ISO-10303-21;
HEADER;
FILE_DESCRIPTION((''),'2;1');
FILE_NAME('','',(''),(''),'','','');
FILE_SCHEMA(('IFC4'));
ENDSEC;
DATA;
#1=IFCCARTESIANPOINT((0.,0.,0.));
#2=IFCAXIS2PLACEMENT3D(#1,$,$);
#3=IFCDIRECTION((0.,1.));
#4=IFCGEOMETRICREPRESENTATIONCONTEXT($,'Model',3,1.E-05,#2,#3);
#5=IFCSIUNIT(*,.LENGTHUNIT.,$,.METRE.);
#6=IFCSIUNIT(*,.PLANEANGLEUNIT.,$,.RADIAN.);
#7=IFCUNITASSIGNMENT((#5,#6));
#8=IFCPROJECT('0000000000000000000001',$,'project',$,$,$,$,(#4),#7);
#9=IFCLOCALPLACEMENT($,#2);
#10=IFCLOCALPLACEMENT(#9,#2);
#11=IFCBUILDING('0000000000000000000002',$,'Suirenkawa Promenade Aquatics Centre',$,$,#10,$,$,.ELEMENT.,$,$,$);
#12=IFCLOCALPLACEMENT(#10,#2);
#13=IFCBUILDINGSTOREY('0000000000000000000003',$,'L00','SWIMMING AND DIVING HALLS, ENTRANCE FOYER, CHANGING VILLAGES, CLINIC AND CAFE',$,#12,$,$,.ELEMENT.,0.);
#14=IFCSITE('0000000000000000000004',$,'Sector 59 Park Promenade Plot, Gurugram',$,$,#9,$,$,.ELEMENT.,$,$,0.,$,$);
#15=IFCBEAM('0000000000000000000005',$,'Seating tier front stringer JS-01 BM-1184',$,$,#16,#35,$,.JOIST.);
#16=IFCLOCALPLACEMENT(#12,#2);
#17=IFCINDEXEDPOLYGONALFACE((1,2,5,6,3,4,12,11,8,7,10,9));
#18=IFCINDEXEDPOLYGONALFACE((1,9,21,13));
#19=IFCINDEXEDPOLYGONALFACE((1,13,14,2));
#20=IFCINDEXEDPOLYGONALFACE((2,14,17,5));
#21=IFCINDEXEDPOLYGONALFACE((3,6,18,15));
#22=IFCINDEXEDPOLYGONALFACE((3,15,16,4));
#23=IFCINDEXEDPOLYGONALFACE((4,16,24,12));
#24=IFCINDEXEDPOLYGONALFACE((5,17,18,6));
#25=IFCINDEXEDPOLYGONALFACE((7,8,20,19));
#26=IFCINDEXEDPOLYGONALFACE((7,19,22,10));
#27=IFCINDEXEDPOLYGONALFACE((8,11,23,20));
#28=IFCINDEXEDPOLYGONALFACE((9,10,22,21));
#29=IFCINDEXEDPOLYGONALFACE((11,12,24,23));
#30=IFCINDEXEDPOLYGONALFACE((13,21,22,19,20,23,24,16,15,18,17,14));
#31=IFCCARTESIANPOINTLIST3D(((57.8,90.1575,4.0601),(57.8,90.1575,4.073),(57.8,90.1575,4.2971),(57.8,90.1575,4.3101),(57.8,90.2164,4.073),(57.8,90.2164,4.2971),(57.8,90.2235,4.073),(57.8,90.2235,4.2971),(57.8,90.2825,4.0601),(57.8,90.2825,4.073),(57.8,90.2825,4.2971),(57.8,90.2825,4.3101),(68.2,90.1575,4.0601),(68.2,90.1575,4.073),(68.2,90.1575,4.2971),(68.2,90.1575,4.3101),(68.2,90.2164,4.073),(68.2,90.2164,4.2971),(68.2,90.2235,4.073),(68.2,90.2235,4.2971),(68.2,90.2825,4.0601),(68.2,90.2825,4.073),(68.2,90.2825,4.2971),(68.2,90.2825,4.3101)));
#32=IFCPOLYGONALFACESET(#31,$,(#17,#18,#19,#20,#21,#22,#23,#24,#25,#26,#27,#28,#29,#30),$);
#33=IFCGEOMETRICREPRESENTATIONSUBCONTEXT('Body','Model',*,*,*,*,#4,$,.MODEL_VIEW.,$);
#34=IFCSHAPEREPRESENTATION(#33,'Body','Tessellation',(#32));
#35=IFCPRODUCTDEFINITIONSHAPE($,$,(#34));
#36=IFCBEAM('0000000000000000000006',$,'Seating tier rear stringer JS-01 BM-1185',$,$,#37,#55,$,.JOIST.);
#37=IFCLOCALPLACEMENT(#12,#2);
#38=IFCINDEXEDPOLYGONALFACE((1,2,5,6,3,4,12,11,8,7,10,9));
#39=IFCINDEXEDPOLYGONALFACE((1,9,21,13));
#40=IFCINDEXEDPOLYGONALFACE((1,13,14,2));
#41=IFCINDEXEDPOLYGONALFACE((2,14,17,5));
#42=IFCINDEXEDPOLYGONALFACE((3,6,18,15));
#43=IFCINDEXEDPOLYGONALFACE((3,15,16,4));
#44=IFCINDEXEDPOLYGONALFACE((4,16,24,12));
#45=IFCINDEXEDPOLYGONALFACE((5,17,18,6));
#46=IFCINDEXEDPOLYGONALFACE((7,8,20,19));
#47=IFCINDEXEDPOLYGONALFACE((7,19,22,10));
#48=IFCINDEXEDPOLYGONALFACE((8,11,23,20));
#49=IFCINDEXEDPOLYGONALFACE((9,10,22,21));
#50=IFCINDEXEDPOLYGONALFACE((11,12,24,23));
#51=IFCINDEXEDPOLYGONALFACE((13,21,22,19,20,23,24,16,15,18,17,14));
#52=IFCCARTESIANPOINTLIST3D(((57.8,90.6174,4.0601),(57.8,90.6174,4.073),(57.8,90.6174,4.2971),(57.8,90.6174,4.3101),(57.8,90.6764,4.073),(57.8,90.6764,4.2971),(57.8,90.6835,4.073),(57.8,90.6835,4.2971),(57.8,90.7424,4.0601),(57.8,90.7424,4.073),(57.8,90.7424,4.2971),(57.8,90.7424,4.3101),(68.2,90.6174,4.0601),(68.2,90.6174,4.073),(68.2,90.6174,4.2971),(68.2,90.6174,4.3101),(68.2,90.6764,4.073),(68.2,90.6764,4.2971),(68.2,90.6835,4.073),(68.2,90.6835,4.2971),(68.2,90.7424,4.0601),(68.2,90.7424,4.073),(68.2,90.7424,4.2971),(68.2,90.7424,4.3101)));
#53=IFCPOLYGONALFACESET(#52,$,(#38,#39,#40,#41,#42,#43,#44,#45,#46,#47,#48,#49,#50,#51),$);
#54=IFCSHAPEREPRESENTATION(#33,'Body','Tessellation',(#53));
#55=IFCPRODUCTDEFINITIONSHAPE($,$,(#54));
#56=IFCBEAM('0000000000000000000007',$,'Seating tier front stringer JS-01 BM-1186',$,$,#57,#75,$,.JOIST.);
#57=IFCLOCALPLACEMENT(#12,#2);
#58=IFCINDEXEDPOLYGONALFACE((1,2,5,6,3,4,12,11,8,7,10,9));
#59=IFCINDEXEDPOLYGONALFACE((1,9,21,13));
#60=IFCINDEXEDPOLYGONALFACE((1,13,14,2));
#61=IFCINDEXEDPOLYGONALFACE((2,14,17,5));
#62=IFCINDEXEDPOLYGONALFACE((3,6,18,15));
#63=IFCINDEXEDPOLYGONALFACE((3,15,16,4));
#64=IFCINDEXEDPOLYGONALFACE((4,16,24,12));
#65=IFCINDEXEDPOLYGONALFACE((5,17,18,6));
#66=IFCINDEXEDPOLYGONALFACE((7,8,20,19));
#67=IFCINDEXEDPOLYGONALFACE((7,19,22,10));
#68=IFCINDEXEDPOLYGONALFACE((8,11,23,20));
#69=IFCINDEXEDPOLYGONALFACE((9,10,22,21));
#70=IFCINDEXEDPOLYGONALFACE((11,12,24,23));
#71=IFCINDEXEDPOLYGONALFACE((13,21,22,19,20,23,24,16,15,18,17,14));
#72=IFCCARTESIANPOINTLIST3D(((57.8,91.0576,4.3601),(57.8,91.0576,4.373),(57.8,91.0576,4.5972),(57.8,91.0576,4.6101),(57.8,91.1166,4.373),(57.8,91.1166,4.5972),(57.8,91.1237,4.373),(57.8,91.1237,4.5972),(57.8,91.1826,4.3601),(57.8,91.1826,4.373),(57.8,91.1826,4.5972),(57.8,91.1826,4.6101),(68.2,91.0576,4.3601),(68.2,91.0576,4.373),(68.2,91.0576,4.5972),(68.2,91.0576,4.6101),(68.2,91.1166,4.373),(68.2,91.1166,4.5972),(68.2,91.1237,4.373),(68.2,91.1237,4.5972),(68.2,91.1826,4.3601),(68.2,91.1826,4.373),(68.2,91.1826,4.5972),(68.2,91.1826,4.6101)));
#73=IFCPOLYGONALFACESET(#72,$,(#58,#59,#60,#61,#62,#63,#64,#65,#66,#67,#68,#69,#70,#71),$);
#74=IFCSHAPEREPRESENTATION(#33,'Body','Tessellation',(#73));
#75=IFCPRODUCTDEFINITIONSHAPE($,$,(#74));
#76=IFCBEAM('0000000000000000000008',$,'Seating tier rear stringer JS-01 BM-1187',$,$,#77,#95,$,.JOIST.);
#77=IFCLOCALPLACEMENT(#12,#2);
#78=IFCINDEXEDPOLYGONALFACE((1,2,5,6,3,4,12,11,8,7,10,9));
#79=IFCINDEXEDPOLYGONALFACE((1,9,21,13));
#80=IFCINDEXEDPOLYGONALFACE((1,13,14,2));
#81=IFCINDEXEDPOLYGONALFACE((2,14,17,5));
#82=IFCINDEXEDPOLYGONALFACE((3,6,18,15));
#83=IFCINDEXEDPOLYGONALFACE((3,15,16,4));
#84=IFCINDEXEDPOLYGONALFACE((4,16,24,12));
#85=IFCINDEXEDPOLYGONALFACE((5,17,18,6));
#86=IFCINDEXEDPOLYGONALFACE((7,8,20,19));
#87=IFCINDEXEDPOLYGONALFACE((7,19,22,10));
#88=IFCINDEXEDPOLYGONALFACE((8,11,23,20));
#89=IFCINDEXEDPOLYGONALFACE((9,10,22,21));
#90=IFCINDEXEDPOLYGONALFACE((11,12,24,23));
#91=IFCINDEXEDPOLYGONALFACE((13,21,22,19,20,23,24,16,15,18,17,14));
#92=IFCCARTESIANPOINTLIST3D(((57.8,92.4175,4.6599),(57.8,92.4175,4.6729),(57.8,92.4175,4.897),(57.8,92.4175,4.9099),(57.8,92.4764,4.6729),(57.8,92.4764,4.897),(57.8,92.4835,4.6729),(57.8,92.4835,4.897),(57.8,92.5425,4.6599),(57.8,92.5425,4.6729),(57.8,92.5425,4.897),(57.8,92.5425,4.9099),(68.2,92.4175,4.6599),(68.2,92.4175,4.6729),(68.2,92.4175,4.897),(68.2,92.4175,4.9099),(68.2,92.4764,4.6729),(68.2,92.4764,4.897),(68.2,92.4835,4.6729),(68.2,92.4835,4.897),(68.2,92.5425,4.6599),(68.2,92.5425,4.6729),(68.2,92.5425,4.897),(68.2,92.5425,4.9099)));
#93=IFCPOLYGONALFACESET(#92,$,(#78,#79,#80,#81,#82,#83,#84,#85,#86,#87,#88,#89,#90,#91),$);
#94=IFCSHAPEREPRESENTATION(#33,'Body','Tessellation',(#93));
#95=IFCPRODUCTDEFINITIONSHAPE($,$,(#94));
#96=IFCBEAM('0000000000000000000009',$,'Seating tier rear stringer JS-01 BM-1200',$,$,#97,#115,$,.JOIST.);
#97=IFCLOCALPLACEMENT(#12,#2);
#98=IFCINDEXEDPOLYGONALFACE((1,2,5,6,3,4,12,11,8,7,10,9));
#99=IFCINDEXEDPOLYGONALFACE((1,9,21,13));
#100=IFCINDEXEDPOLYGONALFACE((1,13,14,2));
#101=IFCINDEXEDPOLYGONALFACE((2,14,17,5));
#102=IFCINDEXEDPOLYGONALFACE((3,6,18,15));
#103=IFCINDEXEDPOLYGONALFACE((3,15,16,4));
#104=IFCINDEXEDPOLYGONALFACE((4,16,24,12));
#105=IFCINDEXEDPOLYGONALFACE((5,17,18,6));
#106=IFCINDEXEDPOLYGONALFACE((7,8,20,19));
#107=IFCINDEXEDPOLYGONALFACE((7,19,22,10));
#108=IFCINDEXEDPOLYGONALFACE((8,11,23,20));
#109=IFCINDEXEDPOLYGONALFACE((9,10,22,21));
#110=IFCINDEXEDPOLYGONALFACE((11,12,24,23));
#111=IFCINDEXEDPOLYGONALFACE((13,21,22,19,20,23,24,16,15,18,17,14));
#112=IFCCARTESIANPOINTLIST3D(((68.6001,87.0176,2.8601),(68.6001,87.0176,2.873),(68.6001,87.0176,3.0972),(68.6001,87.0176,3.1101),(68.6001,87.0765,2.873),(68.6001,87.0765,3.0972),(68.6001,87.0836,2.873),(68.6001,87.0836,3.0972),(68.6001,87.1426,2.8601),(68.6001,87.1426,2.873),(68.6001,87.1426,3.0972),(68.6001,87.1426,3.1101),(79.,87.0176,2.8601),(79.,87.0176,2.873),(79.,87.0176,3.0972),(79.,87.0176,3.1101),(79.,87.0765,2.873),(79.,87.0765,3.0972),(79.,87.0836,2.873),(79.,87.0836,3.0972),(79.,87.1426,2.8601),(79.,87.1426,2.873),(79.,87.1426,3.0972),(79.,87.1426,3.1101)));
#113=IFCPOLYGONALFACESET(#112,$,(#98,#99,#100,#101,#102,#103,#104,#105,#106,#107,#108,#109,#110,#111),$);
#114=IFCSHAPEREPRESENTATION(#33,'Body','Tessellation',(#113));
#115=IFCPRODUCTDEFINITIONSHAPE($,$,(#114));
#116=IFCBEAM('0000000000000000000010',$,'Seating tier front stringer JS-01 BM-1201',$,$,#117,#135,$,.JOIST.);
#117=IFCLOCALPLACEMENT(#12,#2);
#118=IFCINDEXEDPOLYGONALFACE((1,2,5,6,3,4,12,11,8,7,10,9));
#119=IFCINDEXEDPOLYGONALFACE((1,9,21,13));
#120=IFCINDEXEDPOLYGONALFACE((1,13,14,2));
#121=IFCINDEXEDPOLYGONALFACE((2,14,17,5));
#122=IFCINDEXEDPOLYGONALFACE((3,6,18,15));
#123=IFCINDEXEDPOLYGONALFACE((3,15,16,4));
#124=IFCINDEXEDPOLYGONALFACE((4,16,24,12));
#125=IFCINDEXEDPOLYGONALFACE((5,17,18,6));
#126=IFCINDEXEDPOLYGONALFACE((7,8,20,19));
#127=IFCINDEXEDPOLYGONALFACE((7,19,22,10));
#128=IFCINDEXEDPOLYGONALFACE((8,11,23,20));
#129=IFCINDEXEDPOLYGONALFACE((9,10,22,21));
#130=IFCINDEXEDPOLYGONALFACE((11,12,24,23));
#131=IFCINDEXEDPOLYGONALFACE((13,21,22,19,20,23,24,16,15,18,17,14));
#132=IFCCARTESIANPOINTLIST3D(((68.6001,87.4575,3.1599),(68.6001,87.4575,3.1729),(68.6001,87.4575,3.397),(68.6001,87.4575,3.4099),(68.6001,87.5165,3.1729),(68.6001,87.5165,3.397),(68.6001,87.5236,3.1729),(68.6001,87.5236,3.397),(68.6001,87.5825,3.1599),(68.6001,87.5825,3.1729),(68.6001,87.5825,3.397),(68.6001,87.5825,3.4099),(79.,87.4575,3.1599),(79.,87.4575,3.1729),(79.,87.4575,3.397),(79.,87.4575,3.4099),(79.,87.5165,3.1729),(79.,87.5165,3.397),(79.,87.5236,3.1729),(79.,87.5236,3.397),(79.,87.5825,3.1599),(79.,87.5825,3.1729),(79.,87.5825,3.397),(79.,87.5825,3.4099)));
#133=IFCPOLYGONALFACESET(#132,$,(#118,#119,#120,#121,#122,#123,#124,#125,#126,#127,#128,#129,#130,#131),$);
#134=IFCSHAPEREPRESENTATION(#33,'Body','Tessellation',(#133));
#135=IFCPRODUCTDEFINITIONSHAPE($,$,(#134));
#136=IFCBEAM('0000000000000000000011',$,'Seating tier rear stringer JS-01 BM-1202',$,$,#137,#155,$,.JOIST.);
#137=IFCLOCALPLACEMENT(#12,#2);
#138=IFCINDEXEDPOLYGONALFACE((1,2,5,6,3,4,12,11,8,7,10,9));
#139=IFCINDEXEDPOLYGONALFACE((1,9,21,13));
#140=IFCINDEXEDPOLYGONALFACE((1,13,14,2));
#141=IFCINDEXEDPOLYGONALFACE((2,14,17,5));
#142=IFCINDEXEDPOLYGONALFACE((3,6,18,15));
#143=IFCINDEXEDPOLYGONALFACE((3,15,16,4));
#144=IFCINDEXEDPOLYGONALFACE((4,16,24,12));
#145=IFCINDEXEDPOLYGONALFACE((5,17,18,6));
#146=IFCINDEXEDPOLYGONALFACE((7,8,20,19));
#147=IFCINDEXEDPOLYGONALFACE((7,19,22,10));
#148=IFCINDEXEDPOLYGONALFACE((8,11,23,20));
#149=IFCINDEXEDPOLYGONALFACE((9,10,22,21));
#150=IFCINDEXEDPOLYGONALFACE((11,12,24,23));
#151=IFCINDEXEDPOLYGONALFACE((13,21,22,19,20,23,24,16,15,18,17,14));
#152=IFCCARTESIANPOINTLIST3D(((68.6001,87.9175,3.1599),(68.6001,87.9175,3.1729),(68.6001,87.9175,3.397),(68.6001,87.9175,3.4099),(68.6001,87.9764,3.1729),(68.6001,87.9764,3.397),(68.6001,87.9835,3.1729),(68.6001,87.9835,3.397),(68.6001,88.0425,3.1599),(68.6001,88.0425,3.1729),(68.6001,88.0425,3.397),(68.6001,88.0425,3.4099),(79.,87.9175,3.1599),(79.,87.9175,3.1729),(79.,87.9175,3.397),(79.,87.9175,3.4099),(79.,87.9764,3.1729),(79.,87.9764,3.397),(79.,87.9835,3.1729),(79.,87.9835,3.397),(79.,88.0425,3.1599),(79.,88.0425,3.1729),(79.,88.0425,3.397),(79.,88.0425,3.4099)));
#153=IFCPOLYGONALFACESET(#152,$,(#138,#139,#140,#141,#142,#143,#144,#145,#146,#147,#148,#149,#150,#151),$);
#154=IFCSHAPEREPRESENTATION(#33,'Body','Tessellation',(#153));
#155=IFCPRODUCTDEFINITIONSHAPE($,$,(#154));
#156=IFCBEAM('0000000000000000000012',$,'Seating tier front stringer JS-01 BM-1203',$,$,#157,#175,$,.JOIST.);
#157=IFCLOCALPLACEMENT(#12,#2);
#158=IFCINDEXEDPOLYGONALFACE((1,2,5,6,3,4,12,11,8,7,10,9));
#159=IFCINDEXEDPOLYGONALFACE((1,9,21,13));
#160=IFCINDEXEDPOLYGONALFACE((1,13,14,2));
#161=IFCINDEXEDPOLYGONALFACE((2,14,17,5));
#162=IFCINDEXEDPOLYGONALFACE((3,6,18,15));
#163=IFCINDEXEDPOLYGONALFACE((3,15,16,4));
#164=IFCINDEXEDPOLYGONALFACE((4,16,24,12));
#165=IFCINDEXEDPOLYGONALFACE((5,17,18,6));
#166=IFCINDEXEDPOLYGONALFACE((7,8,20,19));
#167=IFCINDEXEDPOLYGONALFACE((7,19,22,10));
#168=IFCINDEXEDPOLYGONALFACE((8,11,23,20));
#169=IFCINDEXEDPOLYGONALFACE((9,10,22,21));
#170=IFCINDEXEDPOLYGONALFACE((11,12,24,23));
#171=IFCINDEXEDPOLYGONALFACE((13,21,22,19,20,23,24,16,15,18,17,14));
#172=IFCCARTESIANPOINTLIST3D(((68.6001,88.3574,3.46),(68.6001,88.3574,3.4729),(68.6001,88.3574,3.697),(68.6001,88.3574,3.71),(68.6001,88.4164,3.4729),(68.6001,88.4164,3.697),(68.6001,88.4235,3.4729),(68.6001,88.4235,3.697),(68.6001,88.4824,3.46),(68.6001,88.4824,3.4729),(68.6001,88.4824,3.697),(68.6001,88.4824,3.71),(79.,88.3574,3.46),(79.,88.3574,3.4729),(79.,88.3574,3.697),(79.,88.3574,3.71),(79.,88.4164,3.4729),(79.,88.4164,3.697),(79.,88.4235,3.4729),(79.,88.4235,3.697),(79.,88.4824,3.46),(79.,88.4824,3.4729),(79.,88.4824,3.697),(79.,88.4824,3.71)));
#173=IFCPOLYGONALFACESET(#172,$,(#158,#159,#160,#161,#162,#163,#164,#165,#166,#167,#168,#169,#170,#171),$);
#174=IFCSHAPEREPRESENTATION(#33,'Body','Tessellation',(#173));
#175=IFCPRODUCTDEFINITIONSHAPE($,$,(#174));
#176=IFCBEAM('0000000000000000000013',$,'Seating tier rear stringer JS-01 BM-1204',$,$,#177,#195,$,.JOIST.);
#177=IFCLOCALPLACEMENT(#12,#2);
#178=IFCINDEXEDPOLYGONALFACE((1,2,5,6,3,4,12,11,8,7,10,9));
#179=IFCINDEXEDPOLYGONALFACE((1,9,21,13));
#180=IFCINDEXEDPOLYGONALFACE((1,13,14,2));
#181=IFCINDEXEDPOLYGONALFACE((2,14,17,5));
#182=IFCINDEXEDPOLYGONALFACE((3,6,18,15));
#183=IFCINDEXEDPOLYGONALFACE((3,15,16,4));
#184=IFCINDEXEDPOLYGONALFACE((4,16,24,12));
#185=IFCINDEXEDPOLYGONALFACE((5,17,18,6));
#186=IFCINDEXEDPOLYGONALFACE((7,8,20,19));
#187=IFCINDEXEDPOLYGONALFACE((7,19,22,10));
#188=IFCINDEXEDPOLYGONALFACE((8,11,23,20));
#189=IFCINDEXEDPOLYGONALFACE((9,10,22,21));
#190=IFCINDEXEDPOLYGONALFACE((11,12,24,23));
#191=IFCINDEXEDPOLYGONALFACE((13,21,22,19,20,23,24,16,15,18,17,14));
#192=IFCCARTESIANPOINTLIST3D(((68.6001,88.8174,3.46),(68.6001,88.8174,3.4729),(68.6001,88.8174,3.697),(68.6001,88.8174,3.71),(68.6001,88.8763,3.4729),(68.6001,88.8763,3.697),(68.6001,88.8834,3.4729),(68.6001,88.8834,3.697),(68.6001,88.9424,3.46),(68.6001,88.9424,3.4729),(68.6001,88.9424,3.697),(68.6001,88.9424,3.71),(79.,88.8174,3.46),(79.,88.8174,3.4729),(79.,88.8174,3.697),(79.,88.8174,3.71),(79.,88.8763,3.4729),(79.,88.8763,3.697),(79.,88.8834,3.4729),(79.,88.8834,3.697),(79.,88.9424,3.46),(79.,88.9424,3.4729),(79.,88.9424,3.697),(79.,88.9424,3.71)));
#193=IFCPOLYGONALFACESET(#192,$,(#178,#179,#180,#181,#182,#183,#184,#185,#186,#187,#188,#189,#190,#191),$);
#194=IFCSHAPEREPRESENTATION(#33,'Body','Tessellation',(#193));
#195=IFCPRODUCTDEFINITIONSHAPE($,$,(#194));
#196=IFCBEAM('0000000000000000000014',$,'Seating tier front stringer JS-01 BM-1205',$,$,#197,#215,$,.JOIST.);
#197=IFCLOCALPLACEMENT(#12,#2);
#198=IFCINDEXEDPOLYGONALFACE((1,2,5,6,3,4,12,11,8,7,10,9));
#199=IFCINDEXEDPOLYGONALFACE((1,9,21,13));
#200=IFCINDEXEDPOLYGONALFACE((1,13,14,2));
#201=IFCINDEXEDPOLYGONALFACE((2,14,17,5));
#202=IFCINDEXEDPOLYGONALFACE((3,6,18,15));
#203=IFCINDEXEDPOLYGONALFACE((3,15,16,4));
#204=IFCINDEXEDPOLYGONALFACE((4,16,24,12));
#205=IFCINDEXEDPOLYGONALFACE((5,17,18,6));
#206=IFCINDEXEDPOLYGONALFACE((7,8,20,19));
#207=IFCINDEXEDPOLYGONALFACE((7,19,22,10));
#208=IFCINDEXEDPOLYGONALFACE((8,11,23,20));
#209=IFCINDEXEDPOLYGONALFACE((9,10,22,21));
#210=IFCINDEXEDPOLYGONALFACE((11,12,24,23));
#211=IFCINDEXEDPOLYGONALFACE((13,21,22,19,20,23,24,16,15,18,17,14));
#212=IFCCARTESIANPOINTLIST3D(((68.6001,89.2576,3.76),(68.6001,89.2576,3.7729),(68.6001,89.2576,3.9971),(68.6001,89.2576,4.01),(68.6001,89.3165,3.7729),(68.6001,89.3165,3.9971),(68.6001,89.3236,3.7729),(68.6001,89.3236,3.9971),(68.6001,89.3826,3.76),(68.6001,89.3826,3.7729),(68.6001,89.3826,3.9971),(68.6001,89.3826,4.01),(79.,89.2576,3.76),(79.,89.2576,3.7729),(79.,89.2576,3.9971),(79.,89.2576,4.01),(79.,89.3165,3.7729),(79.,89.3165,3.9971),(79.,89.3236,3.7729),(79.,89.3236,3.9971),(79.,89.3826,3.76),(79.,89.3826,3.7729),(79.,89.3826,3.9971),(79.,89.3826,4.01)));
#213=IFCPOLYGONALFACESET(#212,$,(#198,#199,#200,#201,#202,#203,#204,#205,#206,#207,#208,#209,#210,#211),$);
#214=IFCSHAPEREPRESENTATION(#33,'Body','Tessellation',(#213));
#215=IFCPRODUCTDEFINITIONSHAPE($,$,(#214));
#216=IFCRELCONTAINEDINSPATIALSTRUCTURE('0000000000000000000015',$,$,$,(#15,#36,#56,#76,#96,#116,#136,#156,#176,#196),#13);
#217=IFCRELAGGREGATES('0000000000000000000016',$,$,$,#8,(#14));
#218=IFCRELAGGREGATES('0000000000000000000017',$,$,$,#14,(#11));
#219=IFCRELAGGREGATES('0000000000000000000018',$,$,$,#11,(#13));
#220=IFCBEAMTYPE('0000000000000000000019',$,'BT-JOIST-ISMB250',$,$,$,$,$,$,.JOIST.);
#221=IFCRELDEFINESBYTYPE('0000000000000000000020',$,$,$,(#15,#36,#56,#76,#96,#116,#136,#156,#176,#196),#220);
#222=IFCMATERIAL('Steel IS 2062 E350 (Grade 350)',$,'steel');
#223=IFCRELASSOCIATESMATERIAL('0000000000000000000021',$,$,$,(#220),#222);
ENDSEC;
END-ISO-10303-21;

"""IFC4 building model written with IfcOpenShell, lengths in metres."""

from ifc_helpers import new_model, si_unit, direction, frame, origin, origin_2d, place, context, subcontext, project, spatial, i_section, extrude, material, material_profile, profile_set, type_object, element, save


model = new_model("IFC4")

# Units and contexts
model_context = context("Model", 3, precision=1e-05, world=origin(), true_north=direction((0.0, 1.0)))
body_context = subcontext(model_context, "Body", "Model", "MODEL_VIEW")
ifc_project = project(units=[si_unit("LENGTHUNIT", "METRE"), si_unit("PLANEANGLEUNIT", "RADIAN")], contexts=[model_context])

# Site, building, storey
site_placement = place(None, origin())
site = spatial("IfcSite", under=ifc_project, at=site_placement, Name="Sector 59 Park Promenade Plot, Gurugram", CompositionType="ELEMENT", RefElevation=0.0)
building_placement = place(site_placement, origin())
building = spatial("IfcBuilding", under=site, at=building_placement, Name="Suirenkawa Promenade Aquatics Centre", CompositionType="ELEMENT")
storey_placement = place(building_placement, origin())
storey = spatial("IfcBuildingStorey", under=building, at=storey_placement, Name="L00", Description="SWIMMING AND DIVING HALLS, ENTRANCE FOYER, CHANGING VILLAGES, CLINIC AND CAFE", CompositionType="ELEMENT", Elevation=0.0)

# Beams
ifc_material_1 = material(Name="Steel IS 2062 E350 (Grade 350)", Category="steel")
ifc_material_profile_1 = material_profile(ifc_material_1, i_section(OverallWidth=0.125, OverallDepth=0.25, WebThickness=0.0071, FlangeThickness=0.0129, at=origin_2d()), Name="ISMB 250", Category="steel")
ifc_profile_set_1 = profile_set([ifc_material_profile_1], Name="Steel IS 2062 E350 (Grade 350)")
beam_type_1 = type_object("IfcBeamType", Name="BT-JOIST-ISMB250", PredefinedType="JOIST", material=ifc_profile_set_1)
for number, where, z_axis, x_axis, name in (
    (1, (57.8, 90.22, 4.1851), (1.0, 0.0, 0.0), (0.0, 1.0, 0.0), "Seating tier front stringer JS-01 BM-1184"),
    (2, (57.8, 90.6799, 4.1851), (1.0, 0.0, 0.0), (0.0, 1.0, 0.0), "Seating tier rear stringer JS-01 BM-1185"),
    (3, (57.8, 91.1201, 4.4851), (1.0, 0.0, 0.0), (0.0, 1.0, 0.0), "Seating tier front stringer JS-01 BM-1186"),
    (4, (57.8, 92.48, 4.7849), (1.0, 0.0, 0.0), (0.0, 1.0, 0.0), "Seating tier rear stringer JS-01 BM-1187"),
    (5, (68.6001, 87.0801, 2.9851), (1.0, 0.0, 0.0), (0.0, 1.0, 0.0), "Seating tier rear stringer JS-01 BM-1200"),
    (6, (68.6001, 87.52, 3.2849), (1.0, 0.0, 0.0), (0.0, 1.0, 0.0), "Seating tier front stringer JS-01 BM-1201"),
    (7, (68.6001, 87.98, 3.2849), (1.0, 0.0, 0.0), (0.0, 1.0, 0.0), "Seating tier rear stringer JS-01 BM-1202"),
    (8, (68.6001, 88.4199, 3.585), (1.0, 0.0, 0.0), (0.0, 1.0, 0.0), "Seating tier front stringer JS-01 BM-1203"),
    (9, (68.6001, 88.8799, 3.585), (1.0, 0.0, 0.0), (0.0, 1.0, 0.0), "Seating tier rear stringer JS-01 BM-1204"),
    (10, (68.6001, 89.3201, 3.885), (1.0, 0.0, 0.0), (0.0, 1.0, 0.0), "Seating tier front stringer JS-01 BM-1205"),
):
    element("IfcBeam", number, at=place(storey_placement, frame(where, z_axis=z_axis, x_axis=x_axis)), inside=storey, type_object=beam_type_1, Name=name, PredefinedType="JOIST", context=body_context, shape_type="SweptSolid", body=[
        extrude(i_section(OverallWidth=0.125, OverallDepth=0.25, WebThickness=0.0071, FlangeThickness=0.0129, at=origin_2d()), origin(), (0.0, 0.0, 1.0), 10.3999),
    ])

save(model, "model.ifc")
